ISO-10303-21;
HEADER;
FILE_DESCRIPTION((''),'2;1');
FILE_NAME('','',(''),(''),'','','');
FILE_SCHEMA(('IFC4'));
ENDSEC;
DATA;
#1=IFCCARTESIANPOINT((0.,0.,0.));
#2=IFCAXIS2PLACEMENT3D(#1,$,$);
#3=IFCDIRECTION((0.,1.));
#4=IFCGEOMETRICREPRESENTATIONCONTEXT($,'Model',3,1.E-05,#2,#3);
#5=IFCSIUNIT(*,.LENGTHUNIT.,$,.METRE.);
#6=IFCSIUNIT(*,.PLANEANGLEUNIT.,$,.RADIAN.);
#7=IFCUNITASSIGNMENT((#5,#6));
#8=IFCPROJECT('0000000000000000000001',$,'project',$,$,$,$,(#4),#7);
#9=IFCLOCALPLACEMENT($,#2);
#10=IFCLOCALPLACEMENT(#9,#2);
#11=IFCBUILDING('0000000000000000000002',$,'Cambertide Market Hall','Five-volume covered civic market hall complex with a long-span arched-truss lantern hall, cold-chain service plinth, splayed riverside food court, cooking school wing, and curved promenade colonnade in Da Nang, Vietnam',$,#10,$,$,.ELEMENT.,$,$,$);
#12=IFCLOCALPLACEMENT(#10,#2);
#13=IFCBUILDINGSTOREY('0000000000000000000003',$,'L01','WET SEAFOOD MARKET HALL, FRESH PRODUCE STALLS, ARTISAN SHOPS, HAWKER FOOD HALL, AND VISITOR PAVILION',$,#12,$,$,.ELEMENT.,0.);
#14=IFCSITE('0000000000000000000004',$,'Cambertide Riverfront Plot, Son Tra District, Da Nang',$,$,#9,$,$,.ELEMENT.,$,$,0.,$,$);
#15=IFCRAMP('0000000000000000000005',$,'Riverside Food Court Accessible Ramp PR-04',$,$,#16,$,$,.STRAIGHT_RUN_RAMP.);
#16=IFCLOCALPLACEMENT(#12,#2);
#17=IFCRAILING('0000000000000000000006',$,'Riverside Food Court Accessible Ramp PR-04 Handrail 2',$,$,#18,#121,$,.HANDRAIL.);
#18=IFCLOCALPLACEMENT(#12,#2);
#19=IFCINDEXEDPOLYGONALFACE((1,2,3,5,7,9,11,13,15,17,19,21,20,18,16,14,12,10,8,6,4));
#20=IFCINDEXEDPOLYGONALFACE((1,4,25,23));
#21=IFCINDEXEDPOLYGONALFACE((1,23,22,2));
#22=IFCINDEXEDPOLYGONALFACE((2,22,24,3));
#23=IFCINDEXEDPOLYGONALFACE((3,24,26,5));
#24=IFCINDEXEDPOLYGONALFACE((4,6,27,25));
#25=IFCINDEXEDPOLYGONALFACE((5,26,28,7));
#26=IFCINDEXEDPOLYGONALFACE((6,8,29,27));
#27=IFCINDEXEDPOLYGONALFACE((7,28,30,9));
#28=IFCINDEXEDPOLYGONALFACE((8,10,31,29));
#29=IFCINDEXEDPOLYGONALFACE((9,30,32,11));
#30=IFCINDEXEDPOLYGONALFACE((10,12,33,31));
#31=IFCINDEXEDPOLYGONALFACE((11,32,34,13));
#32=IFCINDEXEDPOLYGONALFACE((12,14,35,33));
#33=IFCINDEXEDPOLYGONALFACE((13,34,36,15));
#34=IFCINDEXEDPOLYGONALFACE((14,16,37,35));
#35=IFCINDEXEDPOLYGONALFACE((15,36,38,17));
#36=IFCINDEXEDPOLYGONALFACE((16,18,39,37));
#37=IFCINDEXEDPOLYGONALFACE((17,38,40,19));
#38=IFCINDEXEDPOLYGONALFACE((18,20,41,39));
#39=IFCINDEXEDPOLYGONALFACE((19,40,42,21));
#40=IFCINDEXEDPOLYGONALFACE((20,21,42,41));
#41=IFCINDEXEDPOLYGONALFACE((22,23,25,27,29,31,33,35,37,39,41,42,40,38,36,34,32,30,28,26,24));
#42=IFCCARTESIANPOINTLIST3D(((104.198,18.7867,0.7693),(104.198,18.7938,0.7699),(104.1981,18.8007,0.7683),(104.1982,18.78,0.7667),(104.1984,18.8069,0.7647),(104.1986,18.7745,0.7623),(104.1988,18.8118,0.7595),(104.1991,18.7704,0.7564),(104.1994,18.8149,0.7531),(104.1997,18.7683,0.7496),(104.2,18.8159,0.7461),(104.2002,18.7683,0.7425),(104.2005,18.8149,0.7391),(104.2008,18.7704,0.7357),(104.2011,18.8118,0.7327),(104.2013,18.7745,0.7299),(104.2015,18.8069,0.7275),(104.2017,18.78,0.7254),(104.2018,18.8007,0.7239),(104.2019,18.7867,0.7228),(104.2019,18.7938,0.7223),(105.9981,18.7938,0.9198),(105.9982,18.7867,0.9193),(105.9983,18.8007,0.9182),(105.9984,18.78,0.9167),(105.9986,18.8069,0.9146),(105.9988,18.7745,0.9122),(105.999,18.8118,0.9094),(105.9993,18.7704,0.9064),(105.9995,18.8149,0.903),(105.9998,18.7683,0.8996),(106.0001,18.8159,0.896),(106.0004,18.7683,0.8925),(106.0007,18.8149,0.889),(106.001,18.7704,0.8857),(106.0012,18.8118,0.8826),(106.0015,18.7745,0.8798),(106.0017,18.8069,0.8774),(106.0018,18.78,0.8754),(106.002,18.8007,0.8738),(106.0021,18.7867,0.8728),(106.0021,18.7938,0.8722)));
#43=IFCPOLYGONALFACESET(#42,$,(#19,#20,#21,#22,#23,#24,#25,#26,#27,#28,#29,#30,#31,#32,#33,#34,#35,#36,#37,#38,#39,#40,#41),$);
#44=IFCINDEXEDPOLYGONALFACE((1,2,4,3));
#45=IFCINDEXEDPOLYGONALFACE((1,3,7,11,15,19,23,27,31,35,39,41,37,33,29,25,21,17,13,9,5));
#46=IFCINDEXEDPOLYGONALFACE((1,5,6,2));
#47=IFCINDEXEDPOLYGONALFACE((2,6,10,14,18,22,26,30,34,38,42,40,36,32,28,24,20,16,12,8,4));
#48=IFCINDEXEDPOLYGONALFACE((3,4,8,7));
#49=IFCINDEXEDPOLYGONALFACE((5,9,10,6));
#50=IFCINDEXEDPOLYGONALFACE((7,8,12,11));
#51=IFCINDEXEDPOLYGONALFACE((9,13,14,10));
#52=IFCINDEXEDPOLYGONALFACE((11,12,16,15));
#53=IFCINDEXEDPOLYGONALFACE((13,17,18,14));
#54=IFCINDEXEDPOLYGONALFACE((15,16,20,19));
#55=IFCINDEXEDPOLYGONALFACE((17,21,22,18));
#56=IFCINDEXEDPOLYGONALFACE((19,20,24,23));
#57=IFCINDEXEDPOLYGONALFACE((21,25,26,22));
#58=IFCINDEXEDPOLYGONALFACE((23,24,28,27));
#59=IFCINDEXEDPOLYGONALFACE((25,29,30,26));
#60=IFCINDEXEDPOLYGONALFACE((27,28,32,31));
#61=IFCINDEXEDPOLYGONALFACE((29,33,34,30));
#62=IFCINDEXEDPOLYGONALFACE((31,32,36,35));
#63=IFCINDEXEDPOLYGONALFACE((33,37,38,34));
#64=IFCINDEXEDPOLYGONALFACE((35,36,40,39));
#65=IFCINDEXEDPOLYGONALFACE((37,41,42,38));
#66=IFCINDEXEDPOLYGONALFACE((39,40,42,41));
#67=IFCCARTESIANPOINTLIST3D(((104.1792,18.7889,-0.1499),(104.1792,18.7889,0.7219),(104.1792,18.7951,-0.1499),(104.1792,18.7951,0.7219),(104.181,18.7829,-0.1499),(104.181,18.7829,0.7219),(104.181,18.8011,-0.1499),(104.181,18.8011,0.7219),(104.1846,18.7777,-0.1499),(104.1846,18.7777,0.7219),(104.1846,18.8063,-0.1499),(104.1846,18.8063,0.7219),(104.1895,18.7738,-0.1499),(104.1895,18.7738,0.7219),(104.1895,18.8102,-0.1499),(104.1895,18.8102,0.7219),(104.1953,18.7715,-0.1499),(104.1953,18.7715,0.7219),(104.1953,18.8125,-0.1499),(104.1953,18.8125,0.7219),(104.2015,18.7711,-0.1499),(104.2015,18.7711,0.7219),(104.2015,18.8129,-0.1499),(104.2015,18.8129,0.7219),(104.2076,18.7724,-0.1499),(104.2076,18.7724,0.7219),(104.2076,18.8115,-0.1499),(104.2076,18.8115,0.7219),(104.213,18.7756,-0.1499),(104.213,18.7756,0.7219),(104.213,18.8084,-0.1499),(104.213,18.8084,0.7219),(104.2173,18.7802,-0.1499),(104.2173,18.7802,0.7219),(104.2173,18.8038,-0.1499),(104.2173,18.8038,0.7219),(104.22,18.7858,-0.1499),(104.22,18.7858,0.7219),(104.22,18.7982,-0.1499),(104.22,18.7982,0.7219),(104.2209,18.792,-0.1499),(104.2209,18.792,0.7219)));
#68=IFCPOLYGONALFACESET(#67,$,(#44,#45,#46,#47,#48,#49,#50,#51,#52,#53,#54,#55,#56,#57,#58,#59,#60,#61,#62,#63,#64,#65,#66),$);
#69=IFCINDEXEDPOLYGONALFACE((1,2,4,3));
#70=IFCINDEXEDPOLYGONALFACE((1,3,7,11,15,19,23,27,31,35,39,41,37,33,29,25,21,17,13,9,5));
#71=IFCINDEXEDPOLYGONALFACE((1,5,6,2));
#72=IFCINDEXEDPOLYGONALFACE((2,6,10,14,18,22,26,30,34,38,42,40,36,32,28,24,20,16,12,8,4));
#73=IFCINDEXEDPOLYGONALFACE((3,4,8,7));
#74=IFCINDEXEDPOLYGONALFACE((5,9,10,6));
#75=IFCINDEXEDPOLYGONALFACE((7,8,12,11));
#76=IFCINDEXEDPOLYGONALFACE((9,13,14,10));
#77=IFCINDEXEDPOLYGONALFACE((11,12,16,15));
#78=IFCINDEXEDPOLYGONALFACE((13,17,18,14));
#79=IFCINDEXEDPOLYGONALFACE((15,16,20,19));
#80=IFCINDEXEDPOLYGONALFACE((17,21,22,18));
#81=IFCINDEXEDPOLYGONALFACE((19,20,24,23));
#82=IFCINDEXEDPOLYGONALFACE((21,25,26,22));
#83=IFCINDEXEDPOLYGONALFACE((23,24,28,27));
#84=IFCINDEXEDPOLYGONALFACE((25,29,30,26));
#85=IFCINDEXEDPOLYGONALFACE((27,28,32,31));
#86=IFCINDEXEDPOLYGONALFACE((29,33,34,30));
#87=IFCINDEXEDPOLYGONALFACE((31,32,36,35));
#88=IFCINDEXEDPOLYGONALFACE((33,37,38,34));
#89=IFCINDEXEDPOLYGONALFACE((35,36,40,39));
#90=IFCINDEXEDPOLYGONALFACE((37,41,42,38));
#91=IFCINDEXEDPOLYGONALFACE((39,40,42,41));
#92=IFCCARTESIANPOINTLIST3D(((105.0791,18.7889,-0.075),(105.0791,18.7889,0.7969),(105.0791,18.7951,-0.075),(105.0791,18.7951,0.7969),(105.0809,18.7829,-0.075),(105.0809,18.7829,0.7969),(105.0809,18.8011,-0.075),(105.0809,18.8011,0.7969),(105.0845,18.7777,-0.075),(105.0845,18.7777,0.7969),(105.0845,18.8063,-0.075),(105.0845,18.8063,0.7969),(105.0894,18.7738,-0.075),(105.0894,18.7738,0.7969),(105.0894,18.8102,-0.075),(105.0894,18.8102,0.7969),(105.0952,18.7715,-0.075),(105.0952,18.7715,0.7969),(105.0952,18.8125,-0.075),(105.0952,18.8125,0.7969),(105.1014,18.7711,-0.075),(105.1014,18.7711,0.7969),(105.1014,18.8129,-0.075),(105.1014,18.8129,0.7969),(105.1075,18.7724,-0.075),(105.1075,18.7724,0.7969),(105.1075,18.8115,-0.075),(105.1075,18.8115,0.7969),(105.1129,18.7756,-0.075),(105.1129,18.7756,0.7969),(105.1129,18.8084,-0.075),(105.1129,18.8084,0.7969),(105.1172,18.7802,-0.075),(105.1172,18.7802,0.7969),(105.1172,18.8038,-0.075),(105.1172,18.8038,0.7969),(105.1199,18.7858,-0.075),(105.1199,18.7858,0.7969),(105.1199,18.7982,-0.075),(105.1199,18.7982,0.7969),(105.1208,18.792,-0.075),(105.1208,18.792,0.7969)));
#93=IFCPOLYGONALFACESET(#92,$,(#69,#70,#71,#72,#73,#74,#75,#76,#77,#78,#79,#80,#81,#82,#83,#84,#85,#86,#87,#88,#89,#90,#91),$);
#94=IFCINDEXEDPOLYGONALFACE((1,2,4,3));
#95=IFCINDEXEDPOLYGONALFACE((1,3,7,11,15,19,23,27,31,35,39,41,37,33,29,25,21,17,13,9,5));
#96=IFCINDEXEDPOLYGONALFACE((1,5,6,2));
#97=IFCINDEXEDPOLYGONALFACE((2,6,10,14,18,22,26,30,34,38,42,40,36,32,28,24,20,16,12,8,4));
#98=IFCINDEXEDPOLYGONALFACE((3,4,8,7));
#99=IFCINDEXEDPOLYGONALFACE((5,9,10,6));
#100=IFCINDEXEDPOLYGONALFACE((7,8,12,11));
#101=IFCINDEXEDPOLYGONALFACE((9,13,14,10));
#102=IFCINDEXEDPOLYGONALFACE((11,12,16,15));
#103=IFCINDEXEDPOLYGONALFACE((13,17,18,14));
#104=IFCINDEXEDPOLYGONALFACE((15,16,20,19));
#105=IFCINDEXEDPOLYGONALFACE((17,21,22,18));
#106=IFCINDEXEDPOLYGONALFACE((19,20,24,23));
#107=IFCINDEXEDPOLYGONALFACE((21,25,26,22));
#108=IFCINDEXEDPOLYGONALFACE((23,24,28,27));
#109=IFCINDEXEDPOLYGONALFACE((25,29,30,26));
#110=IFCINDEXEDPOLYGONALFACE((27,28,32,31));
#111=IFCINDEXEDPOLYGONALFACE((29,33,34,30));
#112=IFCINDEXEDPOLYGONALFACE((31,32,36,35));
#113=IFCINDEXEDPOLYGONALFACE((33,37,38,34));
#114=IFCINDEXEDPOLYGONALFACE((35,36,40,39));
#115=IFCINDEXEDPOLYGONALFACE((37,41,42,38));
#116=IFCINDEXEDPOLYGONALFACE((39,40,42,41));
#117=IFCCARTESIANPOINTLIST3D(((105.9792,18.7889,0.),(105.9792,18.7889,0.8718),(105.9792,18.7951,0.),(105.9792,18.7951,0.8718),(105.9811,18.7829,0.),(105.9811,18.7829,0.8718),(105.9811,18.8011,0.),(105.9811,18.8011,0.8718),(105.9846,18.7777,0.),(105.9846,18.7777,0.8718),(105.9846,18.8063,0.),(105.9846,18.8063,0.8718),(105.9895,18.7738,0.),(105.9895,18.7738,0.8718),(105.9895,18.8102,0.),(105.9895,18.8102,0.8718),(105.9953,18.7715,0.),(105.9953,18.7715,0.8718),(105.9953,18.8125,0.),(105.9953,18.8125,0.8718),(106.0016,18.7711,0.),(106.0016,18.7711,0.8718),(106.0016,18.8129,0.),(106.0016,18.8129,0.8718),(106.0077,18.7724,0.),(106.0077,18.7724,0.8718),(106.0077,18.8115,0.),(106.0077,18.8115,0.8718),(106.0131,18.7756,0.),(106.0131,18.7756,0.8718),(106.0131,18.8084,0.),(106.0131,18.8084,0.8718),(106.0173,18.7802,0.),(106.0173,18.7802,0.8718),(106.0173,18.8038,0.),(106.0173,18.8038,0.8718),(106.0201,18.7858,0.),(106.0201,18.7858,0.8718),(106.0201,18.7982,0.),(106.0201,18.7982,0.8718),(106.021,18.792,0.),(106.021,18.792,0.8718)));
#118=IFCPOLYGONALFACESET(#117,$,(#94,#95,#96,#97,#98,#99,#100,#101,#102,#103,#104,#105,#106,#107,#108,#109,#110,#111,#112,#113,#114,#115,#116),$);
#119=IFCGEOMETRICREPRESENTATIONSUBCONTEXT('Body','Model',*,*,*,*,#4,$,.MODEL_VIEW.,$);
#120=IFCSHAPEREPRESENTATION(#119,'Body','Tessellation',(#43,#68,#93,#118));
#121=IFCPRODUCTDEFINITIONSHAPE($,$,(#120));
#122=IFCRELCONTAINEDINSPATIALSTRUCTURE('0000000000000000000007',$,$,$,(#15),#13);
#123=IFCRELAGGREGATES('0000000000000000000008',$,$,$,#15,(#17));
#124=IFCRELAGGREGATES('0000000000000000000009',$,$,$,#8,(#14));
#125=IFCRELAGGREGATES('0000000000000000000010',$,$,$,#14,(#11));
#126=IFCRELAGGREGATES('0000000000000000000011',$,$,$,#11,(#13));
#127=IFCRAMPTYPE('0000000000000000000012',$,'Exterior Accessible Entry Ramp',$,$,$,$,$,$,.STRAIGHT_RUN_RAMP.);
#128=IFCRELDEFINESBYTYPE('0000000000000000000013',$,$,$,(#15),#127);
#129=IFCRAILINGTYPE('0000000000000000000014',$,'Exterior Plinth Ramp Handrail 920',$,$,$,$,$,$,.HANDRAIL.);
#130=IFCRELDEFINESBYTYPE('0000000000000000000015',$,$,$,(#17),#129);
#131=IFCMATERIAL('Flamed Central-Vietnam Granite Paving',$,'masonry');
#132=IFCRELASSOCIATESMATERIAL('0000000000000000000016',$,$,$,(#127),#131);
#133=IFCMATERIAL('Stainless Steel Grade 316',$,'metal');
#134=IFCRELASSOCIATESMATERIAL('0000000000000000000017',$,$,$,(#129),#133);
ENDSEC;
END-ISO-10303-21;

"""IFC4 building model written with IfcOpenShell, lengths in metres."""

from ifc_helpers import new_model, si_unit, direction, frame, origin, origin_2d, place, context, subcontext, project, spatial, circle, extrude, material, type_object, element, aggregate, save


model = new_model("IFC4")

# Units and contexts
model_context = context("Model", 3, precision=1e-05, world=origin(), true_north=direction((0.0, 1.0)))
body_context = subcontext(model_context, "Body", "Model", "MODEL_VIEW")
ifc_project = project(units=[si_unit("LENGTHUNIT", "METRE"), si_unit("PLANEANGLEUNIT", "RADIAN")], contexts=[model_context])

# Site, building, storey
site_placement = place(None, origin())
site = spatial("IfcSite", under=ifc_project, at=site_placement, Name="Cambertide Riverfront Plot, Son Tra District, Da Nang", CompositionType="ELEMENT", RefElevation=0.0)
building_placement = place(site_placement, origin())
building = spatial("IfcBuilding", under=site, at=building_placement, Name="Cambertide Market Hall", Description="Five-volume covered civic market hall complex with a long-span arched-truss lantern hall, cold-chain service plinth, splayed riverside food court, cooking school wing, and curved promenade colonnade in Da Nang, Vietnam", CompositionType="ELEMENT")
storey_placement = place(building_placement, origin())
storey = spatial("IfcBuildingStorey", under=building, at=storey_placement, Name="L01", Description="WET SEAFOOD MARKET HALL, FRESH PRODUCE STALLS, ARTISAN SHOPS, HAWKER FOOD HALL, AND VISITOR PAVILION", CompositionType="ELEMENT", Elevation=0.0)

# Ramp, railing
ifc_material_1 = material(Name="Flamed Central-Vietnam Granite Paving", Category="masonry")
ramp_type = type_object("IfcRampType", Name="Exterior Accessible Entry Ramp", PredefinedType="STRAIGHT_RUN_RAMP", material=ifc_material_1)
ramp_placement = place(storey_placement, origin())
ramp = element("IfcRamp", 1, at=ramp_placement, inside=storey, type_object=ramp_type, Name="Riverside Food Court Accessible Ramp PR-04", PredefinedType="STRAIGHT_RUN_RAMP")
ifc_material_2 = material(Name="Stainless Steel Grade 316", Category="metal")
railing_type = type_object("IfcRailingType", Name="Exterior Plinth Ramp Handrail 920", PredefinedType="HANDRAIL", material=ifc_material_2)
railing_1_placement = place(storey_placement, frame((104.2, 18.792, -0.1499)))
railing_1 = element("IfcRailing", 2, at=railing_1_placement, type_object=railing_type, Name="Riverside Food Court Accessible Ramp PR-04 Handrail 2", PredefinedType="HANDRAIL", context=body_context, shape_type="SweptSolid", body=[
    extrude(circle(Radius=0.0239, at=origin_2d()), frame((0.0, 0.0, 0.896), z_axis=(0.99655, 0.0, 0.08299), x_axis=(0.0, 1.0, 0.0)), (0.0, 0.0, 1.0), 1.8064),
    extrude(circle(Radius=0.021, at=origin_2d()), origin(), (0.0, 0.0, 1.0), 0.8718),
    extrude(circle(Radius=0.021, at=origin_2d()), frame((0.8999, 0.0, 0.075)), (0.0, 0.0, 1.0), 0.8718),
    extrude(circle(Radius=0.021, at=origin_2d()), frame((1.8, 0.0, 0.1499)), (0.0, 0.0, 1.0), 0.8718),
])
aggregate(ramp, [railing_1])

save(model, "model.ifc")
